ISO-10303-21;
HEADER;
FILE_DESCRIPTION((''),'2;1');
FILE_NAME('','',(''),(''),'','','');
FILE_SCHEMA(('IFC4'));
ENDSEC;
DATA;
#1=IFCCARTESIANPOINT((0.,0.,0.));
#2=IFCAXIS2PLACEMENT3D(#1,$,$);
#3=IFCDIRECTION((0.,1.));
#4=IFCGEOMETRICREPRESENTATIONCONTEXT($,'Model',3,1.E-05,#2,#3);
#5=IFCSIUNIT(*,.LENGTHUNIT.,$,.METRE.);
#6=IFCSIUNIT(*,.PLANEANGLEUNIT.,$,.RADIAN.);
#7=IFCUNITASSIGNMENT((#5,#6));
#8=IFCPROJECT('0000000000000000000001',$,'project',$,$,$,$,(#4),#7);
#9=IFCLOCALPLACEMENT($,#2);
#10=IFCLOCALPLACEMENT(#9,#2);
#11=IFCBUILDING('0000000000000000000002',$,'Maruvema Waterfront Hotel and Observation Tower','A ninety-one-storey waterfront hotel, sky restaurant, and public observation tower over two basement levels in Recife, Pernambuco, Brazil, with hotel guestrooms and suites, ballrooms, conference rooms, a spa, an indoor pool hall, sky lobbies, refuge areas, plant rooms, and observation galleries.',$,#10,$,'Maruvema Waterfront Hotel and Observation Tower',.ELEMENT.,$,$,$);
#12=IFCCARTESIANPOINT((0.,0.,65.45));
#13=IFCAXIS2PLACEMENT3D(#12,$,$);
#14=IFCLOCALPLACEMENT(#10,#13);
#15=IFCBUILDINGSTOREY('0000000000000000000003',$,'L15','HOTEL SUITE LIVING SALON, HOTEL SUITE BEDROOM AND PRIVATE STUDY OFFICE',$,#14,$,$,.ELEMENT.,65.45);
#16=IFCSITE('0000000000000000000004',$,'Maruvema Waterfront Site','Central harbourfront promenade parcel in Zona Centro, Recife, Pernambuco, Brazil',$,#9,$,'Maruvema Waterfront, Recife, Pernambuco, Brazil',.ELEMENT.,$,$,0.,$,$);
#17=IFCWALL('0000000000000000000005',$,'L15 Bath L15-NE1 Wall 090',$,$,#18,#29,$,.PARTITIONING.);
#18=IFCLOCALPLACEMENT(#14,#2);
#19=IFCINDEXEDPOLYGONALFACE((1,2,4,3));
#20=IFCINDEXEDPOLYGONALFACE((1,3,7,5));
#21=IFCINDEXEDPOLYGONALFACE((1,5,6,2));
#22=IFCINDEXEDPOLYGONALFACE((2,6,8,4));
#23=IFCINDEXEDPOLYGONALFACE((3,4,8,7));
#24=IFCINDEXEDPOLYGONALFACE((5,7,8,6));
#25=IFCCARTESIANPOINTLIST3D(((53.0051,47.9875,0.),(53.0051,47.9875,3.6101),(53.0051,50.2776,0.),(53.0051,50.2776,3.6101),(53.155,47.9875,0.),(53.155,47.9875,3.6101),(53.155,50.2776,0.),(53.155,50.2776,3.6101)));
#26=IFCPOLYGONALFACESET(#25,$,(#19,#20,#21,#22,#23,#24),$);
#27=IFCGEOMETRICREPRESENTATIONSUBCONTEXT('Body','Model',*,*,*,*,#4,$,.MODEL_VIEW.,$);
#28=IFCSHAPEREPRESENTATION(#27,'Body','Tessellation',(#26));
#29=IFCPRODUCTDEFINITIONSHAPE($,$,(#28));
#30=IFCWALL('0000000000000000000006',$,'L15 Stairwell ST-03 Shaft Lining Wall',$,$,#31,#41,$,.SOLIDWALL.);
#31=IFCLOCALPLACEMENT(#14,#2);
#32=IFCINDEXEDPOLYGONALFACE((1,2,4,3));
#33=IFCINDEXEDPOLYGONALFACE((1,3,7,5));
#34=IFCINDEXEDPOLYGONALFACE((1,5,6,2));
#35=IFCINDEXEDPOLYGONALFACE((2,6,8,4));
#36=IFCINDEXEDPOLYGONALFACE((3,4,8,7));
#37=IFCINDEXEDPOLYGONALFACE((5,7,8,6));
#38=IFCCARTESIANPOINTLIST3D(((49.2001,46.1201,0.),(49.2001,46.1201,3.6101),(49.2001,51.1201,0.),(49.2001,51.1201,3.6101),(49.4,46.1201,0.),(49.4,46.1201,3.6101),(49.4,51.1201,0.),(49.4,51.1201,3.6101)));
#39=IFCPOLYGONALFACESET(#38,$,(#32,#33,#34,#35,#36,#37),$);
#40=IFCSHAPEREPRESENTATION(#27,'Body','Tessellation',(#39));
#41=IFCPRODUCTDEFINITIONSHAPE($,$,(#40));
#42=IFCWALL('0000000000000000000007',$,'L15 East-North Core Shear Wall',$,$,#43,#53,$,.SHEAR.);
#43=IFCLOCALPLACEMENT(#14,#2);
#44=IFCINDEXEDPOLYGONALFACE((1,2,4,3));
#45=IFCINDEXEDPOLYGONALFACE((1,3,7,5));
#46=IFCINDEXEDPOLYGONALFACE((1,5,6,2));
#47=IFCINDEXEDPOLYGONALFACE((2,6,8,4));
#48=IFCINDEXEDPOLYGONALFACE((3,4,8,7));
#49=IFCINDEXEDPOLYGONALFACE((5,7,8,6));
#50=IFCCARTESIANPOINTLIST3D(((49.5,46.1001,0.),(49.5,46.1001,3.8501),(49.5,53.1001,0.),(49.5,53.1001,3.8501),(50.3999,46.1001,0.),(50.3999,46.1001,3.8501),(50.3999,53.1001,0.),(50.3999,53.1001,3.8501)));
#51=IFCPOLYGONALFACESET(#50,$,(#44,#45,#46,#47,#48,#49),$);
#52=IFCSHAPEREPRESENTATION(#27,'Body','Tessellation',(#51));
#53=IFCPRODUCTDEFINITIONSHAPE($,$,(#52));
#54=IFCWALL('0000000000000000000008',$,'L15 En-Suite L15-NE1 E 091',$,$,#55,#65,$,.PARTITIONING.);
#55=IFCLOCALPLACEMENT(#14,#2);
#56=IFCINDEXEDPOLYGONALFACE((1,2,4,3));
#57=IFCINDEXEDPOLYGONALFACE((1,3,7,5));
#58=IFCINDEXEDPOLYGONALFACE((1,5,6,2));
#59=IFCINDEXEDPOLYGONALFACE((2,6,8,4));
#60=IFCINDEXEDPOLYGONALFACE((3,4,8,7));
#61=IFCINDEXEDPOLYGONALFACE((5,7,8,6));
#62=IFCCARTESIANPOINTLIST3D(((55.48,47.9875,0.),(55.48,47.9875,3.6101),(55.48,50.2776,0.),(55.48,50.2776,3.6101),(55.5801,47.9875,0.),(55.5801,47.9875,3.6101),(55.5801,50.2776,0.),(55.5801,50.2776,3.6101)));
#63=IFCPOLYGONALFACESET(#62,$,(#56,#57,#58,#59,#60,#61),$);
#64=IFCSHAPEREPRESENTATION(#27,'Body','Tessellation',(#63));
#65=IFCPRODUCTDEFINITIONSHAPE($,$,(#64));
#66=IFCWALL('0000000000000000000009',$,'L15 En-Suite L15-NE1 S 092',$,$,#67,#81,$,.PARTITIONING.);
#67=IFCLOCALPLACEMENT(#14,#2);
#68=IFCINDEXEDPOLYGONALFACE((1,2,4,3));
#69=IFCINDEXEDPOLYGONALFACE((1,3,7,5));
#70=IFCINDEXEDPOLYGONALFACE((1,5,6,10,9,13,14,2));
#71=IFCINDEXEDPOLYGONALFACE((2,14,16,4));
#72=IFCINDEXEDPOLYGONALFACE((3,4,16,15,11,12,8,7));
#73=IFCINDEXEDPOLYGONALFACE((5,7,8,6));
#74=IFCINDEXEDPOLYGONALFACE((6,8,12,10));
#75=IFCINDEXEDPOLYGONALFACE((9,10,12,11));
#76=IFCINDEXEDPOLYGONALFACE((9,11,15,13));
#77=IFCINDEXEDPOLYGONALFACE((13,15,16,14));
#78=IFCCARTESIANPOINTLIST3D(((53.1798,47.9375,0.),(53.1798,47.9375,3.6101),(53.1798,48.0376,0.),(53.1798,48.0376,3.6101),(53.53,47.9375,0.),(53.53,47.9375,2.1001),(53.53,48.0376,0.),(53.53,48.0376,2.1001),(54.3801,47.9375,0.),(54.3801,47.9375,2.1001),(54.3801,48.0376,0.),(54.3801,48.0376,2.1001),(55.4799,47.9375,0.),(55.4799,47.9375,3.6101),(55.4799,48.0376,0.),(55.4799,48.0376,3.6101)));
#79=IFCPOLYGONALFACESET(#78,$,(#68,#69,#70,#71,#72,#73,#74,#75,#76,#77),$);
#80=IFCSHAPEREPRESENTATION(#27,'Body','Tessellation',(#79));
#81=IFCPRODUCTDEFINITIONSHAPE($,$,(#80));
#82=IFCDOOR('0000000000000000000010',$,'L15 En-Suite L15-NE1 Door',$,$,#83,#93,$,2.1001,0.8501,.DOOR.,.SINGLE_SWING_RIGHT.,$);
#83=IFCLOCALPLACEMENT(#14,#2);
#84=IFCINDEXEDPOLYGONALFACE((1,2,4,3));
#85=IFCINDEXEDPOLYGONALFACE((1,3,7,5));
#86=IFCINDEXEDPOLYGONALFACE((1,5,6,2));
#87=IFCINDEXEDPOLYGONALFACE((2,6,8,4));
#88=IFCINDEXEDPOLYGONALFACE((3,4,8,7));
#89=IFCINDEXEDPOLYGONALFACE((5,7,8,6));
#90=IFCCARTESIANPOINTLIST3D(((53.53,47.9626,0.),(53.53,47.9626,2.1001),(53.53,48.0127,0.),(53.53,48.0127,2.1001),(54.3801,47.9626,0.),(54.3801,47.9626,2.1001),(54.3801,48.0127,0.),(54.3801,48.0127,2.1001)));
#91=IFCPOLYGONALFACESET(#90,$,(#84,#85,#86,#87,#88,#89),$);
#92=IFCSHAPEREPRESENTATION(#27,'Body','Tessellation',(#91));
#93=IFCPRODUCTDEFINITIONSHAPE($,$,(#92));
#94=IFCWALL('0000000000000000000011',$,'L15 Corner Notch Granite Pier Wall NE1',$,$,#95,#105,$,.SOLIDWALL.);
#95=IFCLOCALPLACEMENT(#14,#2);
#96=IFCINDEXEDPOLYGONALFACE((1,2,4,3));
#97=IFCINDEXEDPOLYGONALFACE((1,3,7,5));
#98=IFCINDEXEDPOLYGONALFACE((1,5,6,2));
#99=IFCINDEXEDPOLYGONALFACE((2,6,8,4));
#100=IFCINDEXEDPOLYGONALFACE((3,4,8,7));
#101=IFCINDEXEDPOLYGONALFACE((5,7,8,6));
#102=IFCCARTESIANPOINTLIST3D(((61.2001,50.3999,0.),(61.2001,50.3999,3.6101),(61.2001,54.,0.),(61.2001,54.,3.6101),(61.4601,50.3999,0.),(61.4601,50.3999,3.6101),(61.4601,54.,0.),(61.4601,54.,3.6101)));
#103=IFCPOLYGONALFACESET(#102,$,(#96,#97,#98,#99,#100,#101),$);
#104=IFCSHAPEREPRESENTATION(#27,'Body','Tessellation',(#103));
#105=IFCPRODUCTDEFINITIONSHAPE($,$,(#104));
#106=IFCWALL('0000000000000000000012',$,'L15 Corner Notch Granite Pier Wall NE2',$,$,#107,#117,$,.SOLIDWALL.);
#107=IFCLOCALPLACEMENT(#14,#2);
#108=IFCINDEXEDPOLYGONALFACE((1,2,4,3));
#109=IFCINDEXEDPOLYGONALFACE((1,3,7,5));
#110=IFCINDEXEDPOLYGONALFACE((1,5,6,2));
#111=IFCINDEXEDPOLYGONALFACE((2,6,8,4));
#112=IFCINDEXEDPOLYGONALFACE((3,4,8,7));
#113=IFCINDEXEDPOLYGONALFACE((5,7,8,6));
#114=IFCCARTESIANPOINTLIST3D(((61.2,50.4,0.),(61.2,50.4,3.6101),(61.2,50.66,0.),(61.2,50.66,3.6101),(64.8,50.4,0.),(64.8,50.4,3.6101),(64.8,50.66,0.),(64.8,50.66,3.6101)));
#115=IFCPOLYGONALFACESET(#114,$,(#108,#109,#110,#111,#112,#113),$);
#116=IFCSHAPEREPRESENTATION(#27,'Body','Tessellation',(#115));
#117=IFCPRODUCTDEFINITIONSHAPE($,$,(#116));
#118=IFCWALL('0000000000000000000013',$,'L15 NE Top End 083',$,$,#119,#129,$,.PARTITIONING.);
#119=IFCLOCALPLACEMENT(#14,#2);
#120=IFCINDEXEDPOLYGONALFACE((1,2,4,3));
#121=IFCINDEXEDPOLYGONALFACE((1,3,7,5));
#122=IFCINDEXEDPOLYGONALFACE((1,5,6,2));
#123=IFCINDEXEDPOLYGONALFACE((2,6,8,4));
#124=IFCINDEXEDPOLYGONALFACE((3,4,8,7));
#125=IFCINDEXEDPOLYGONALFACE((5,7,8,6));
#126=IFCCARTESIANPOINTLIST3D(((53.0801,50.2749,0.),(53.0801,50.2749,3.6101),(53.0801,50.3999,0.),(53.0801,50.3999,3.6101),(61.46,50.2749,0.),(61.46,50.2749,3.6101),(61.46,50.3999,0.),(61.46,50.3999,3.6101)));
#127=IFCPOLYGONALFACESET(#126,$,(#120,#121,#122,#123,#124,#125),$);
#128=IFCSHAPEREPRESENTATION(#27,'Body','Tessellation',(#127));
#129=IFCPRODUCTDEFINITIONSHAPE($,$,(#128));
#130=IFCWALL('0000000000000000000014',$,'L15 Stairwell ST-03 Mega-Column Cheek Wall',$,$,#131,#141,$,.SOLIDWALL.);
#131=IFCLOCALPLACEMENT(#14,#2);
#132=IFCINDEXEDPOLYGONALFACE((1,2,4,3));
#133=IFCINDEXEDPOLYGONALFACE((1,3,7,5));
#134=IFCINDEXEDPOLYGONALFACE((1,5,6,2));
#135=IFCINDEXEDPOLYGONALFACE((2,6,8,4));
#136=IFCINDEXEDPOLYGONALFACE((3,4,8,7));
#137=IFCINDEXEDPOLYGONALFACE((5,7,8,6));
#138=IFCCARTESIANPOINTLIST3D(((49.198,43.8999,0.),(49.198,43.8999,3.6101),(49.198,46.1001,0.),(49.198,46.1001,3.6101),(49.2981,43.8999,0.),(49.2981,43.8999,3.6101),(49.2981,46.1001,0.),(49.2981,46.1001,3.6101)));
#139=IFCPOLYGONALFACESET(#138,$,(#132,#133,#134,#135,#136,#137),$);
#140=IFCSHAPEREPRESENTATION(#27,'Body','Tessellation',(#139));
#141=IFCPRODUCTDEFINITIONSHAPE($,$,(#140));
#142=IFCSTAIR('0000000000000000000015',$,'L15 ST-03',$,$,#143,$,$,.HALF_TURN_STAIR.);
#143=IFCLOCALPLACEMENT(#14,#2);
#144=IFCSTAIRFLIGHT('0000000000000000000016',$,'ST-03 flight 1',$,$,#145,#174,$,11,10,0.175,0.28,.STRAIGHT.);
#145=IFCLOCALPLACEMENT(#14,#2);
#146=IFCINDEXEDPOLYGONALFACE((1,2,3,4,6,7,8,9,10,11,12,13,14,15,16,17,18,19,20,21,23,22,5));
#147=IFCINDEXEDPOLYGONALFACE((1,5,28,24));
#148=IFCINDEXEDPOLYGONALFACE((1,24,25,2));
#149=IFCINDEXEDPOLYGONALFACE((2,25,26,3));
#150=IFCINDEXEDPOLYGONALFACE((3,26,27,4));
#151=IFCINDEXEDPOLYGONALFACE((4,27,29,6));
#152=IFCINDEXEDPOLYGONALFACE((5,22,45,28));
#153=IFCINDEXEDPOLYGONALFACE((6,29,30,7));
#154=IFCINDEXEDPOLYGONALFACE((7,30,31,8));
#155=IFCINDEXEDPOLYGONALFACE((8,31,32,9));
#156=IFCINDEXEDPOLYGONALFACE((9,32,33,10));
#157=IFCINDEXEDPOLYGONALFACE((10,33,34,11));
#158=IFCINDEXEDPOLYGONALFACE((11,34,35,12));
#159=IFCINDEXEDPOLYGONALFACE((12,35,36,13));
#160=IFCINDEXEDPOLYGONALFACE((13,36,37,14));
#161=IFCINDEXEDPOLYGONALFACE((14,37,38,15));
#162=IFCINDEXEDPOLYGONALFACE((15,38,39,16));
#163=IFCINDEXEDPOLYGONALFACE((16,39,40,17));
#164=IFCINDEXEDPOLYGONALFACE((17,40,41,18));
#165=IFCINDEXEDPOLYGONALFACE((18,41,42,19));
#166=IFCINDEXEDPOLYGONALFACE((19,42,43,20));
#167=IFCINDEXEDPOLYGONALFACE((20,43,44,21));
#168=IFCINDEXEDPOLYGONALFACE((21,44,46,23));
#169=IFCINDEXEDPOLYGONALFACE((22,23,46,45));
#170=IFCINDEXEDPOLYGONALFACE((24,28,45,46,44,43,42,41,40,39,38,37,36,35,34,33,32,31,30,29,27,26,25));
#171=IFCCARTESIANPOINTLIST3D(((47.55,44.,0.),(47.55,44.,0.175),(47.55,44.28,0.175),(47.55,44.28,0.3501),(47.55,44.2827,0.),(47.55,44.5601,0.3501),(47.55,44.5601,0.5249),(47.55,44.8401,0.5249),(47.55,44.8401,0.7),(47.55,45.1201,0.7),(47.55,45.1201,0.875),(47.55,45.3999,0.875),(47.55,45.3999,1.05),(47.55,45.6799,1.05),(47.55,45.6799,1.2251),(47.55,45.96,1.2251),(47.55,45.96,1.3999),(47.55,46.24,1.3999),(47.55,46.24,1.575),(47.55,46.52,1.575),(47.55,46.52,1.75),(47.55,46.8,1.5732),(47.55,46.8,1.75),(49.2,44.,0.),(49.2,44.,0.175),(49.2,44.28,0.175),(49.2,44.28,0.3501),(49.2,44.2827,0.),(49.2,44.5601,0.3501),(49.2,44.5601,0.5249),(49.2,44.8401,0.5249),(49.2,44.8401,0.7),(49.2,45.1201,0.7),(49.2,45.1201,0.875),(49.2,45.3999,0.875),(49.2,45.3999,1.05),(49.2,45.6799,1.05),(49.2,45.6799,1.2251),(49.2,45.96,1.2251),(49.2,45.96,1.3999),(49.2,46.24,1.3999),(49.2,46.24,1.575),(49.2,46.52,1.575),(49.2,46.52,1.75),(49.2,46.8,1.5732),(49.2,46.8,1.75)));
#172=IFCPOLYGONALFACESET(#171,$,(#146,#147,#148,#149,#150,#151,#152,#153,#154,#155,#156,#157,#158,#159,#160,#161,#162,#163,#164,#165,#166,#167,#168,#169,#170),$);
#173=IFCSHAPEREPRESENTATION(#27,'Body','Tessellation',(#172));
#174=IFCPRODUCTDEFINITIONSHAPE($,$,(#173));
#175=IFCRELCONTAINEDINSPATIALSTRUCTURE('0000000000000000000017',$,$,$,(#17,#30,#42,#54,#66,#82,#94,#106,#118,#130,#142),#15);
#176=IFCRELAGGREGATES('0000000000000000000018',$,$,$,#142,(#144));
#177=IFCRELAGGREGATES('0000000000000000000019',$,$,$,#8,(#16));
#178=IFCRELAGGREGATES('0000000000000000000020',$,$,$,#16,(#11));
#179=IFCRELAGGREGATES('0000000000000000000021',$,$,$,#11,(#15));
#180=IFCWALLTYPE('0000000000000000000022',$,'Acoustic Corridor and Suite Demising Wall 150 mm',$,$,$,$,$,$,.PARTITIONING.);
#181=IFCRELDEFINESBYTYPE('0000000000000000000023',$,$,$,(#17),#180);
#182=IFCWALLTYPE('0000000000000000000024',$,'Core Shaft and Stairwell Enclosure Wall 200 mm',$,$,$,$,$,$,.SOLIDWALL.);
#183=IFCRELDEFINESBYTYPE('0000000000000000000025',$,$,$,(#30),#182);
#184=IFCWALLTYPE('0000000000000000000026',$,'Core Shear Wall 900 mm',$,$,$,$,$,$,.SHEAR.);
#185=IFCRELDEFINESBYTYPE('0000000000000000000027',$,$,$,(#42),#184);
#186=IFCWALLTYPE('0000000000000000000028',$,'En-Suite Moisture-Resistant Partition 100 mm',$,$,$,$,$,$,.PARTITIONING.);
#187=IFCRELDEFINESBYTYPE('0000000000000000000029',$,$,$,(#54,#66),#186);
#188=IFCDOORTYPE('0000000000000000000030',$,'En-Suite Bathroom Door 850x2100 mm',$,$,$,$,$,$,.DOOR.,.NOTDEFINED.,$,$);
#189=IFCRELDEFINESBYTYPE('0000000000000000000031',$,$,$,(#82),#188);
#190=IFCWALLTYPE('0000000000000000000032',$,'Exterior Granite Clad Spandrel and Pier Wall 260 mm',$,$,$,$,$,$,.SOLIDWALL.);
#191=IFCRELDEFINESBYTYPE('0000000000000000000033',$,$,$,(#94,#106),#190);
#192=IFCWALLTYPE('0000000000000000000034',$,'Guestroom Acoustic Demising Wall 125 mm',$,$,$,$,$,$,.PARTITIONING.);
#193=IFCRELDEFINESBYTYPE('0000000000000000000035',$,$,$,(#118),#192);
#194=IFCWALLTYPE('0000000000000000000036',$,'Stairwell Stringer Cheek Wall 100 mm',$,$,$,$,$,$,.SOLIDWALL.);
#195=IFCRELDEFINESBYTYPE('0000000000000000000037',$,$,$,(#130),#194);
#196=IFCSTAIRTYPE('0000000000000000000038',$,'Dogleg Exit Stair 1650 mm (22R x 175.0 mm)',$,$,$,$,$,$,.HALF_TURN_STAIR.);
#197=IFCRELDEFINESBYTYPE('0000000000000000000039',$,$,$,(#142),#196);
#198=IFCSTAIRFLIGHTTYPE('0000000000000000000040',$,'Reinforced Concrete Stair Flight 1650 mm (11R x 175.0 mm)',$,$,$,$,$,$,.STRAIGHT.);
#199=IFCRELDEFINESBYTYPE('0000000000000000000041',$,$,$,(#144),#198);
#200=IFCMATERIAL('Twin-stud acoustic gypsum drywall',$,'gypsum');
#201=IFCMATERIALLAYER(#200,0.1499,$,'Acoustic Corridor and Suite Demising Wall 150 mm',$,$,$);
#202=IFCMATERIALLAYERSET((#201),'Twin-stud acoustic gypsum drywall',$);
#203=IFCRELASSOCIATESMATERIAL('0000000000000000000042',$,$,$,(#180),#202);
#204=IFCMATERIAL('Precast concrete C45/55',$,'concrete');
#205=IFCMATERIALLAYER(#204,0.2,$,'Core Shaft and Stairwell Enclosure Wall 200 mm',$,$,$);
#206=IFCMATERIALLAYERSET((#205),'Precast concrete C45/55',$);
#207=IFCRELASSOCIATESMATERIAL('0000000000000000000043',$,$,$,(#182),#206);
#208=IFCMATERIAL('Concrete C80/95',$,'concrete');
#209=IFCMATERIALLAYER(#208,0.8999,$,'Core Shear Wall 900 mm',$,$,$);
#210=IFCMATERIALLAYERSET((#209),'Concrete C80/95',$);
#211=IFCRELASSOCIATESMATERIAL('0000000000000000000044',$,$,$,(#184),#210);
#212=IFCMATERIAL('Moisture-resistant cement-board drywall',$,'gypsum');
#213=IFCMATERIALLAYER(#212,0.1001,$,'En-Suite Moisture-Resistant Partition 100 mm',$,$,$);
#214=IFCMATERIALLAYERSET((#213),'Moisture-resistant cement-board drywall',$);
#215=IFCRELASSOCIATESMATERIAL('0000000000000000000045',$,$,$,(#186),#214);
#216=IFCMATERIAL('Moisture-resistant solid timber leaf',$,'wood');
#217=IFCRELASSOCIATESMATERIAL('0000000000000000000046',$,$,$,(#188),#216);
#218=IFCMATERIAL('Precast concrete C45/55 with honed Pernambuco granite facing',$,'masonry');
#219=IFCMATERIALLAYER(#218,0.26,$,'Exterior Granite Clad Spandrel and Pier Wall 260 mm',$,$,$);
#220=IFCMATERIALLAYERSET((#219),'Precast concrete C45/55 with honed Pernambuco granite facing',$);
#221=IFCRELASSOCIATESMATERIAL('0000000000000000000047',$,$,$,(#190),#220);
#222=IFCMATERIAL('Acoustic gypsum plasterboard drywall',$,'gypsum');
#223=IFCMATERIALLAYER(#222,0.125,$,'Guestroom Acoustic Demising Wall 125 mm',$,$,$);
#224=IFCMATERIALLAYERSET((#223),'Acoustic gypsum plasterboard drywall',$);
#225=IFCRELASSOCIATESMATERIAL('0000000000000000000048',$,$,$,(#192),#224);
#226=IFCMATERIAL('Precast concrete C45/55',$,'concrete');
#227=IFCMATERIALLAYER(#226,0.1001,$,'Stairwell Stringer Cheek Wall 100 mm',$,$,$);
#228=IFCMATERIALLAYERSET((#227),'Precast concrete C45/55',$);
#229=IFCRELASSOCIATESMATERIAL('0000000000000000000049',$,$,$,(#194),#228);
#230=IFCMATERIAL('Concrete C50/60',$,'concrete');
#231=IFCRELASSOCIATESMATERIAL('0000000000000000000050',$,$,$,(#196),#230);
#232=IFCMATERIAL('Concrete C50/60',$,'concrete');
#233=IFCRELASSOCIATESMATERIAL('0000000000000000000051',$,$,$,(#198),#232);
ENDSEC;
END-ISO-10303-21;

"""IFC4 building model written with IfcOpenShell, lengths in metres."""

from ifc_helpers import new_model, si_unit, direction, frame, frame_2d, origin, place, context, subcontext, project, spatial, polyline, rectangle, outline, extrude, material, layer, layer_set, type_object, element, fill, aggregate, save


model = new_model("IFC4")

# Units and contexts
model_context = context("Model", 3, precision=1e-05, world=origin(), true_north=direction((0.0, 1.0)))
body_context = subcontext(model_context, "Body", "Model", "MODEL_VIEW")
ifc_project = project(units=[si_unit("LENGTHUNIT", "METRE"), si_unit("PLANEANGLEUNIT", "RADIAN")], contexts=[model_context])

# Site, building, storey
site_placement = place(None, origin())
site = spatial("IfcSite", under=ifc_project, at=site_placement, Name="Maruvema Waterfront Site", Description="Central harbourfront promenade parcel in Zona Centro, Recife, Pernambuco, Brazil", LongName="Maruvema Waterfront, Recife, Pernambuco, Brazil", CompositionType="ELEMENT", RefElevation=0.0)
building_placement = place(site_placement, origin())
building = spatial("IfcBuilding", under=site, at=building_placement, Name="Maruvema Waterfront Hotel and Observation Tower", Description="A ninety-one-storey waterfront hotel, sky restaurant, and public observation tower over two basement levels in Recife, Pernambuco, Brazil, with hotel guestrooms and suites, ballrooms, conference rooms, a spa, an indoor pool hall, sky lobbies, refuge areas, plant rooms, and observation galleries.", LongName="Maruvema Waterfront Hotel and Observation Tower", CompositionType="ELEMENT")
storey_placement = place(building_placement, frame((0.0, 0.0, 65.45)))
storey = spatial("IfcBuildingStorey", under=building, at=storey_placement, Name="L15", Description="HOTEL SUITE LIVING SALON, HOTEL SUITE BEDROOM AND PRIVATE STUDY OFFICE", CompositionType="ELEMENT", Elevation=65.45)

# Walls
ifc_material_1 = material(Name="Twin-stud acoustic gypsum drywall", Category="gypsum")
ifc_layer_1 = layer(ifc_material_1, 0.1499, Name="Acoustic Corridor and Suite Demising Wall 150 mm")
ifc_layer_set_1 = layer_set([ifc_layer_1], Name="Twin-stud acoustic gypsum drywall")
wall_type_1 = type_object("IfcWallType", Name="Acoustic Corridor and Suite Demising Wall 150 mm", PredefinedType="PARTITIONING", material=ifc_layer_set_1)
wall_1_placement = place(storey_placement, frame((53.0801, 47.9875, 0.0), z_axis=(0.0, 0.0, 1.0), x_axis=(0.0, 1.0, 0.0)))
element("IfcWall", 1, at=wall_1_placement, inside=storey, type_object=wall_type_1, Name="L15 Bath L15-NE1 Wall 090", PredefinedType="PARTITIONING", context=body_context, shape_type="SweptSolid", body=[
    extrude(rectangle(XDim=2.29, YDim=0.1499, at=frame_2d((1.145, 0.0))), origin(), (0.0, 0.0, 1.0), 3.6101),
])
ifc_material_2 = material(Name="Precast concrete C45/55", Category="concrete")
ifc_layer_2 = layer(ifc_material_2, 0.2, Name="Core Shaft and Stairwell Enclosure Wall 200 mm")
ifc_layer_set_2 = layer_set([ifc_layer_2], Name="Precast concrete C45/55")
wall_type_2 = type_object("IfcWallType", Name="Core Shaft and Stairwell Enclosure Wall 200 mm", PredefinedType="SOLIDWALL", material=ifc_layer_set_2)
wall_2_placement = place(storey_placement, frame((49.3, 46.1201, 0.0), z_axis=(0.0, 0.0, 1.0), x_axis=(0.0, 1.0, 0.0)))
element("IfcWall", 2, at=wall_2_placement, inside=storey, type_object=wall_type_2, Name="L15 Stairwell ST-03 Shaft Lining Wall", PredefinedType="SOLIDWALL", context=body_context, shape_type="SweptSolid", body=[
    extrude(rectangle(XDim=5.0, YDim=0.2, at=frame_2d((2.5, 0.0))), origin(), (0.0, 0.0, 1.0), 3.6101),
])
ifc_material_3 = material(Name="Concrete C80/95", Category="concrete")
ifc_layer_3 = layer(ifc_material_3, 0.8999, Name="Core Shear Wall 900 mm")
ifc_layer_set_3 = layer_set([ifc_layer_3], Name="Concrete C80/95")
wall_type_3 = type_object("IfcWallType", Name="Core Shear Wall 900 mm", PredefinedType="SHEAR", material=ifc_layer_set_3)
wall_3_placement = place(storey_placement, frame((49.95, 46.1001, 0.0), z_axis=(0.0, 0.0, 1.0), x_axis=(0.0, 1.0, 0.0)))
element("IfcWall", 3, at=wall_3_placement, inside=storey, type_object=wall_type_3, Name="L15 East-North Core Shear Wall", PredefinedType="SHEAR", context=body_context, shape_type="SweptSolid", body=[
    extrude(rectangle(XDim=7.0, YDim=0.8999, at=frame_2d((3.5, 0.0))), origin(), (0.0, 0.0, 1.0), 3.8501),
])
ifc_material_4 = material(Name="Moisture-resistant cement-board drywall", Category="gypsum")
ifc_layer_4 = layer(ifc_material_4, 0.1001, Name="En-Suite Moisture-Resistant Partition 100 mm")
ifc_layer_set_4 = layer_set([ifc_layer_4], Name="Moisture-resistant cement-board drywall")
wall_type_4 = type_object("IfcWallType", Name="En-Suite Moisture-Resistant Partition 100 mm", PredefinedType="PARTITIONING", material=ifc_layer_set_4)
wall_4_placement = place(storey_placement, frame((55.53, 47.9875, 0.0), z_axis=(0.0, 0.0, 1.0), x_axis=(0.0, 1.0, 0.0)))
element("IfcWall", 4, at=wall_4_placement, inside=storey, type_object=wall_type_4, Name="L15 En-Suite L15-NE1 E 091", PredefinedType="PARTITIONING", context=body_context, shape_type="SweptSolid", body=[
    extrude(rectangle(XDim=2.29, YDim=0.1001, at=frame_2d((1.145, 0.0))), origin(), (0.0, 0.0, 1.0), 3.6101),
])

# Wall, opening, door
wall_5_placement = place(storey_placement, frame((53.1799, 47.9875, 0.0), z_axis=(0.0, 0.0, 1.0), x_axis=(1.0, 0.0, 0.0)))
wall_5 = element("IfcWall", 5, at=wall_5_placement, inside=storey, type_object=wall_type_4, Name="L15 En-Suite L15-NE1 S 092", PredefinedType="PARTITIONING", context=body_context, shape_type="SweptSolid", body=[
    extrude(rectangle(XDim=2.3, YDim=0.1001, at=frame_2d((1.1499, 0.0))), origin(), (0.0, 0.0, 1.0), 3.6101),
])
opening_placement = place(wall_5_placement, frame((0.3501, 0.0, 0.0)))
opening = element("IfcOpeningElement", 6, at=opening_placement, cuts=wall_5, PredefinedType="OPENING", context=body_context, shape_type="SweptSolid", body=[
    extrude(rectangle(XDim=0.8501, YDim=2.1001, at=frame_2d((0.425, 1.05))), frame((0.0, 0.0601, 0.0), z_axis=(0.0, -1.0, 0.0), x_axis=(1.0, 0.0, 0.0)), (0.0, 0.0, 1.0), 0.1201),
])
ifc_material_5 = material(Name="Moisture-resistant solid timber leaf", Category="wood")
door_type = type_object("IfcDoorType", Name="En-Suite Bathroom Door 850x2100 mm", OperationType="NOTDEFINED", PredefinedType="DOOR", material=ifc_material_5)
door_placement = place(opening_placement, frame((0.8501, 0.0, 0.0), z_axis=(0.0, 0.0, 1.0), x_axis=(-1.0, 0.0, 0.0)))
door = element("IfcDoor", 7, at=door_placement, inside=storey, type_object=door_type, Name="L15 En-Suite L15-NE1 Door", OperationType="SINGLE_SWING_RIGHT", OverallHeight=2.1001, OverallWidth=0.8501, PredefinedType="DOOR", context=body_context, shape_type="SweptSolid", body=[
    extrude(rectangle(XDim=0.8501, YDim=2.1001, at=frame_2d((0.425, 1.05))), frame((0.0, 0.0249, 0.0), z_axis=(0.0, -1.0, 0.0), x_axis=(1.0, 0.0, 0.0)), (0.0, 0.0, 1.0), 0.05),
])
fill(opening, door)

# Walls
ifc_material_6 = material(Name="Precast concrete C45/55 with honed Pernambuco granite facing", Category="masonry")
ifc_layer_5 = layer(ifc_material_6, 0.26, Name="Exterior Granite Clad Spandrel and Pier Wall 260 mm")
ifc_layer_set_5 = layer_set([ifc_layer_5], Name="Precast concrete C45/55 with honed Pernambuco granite facing")
wall_type_5 = type_object("IfcWallType", Name="Exterior Granite Clad Spandrel and Pier Wall 260 mm", PredefinedType="SOLIDWALL", material=ifc_layer_set_5)
for number, where, z_axis, x_axis, name in (
    (8, (61.3301, 54.0, 0.0), (0.0, 0.0, 1.0), (0.0, -1.0, 0.0), "L15 Corner Notch Granite Pier Wall NE1"),
    (9, (61.2, 50.53, 0.0), (0.0, 0.0, 1.0), (1.0, 0.0, 0.0), "L15 Corner Notch Granite Pier Wall NE2"),
):
    element("IfcWall", number, at=place(storey_placement, frame(where, z_axis=z_axis, x_axis=x_axis)), inside=storey, type_object=wall_type_5, Name=name, PredefinedType="SOLIDWALL", context=body_context, shape_type="SweptSolid", body=[
        extrude(rectangle(XDim=3.6001, YDim=0.26, at=frame_2d((1.8, 0.0))), origin(), (0.0, 0.0, 1.0), 3.6101),
    ])
ifc_material_7 = material(Name="Acoustic gypsum plasterboard drywall", Category="gypsum")
ifc_layer_6 = layer(ifc_material_7, 0.125, Name="Guestroom Acoustic Demising Wall 125 mm")
ifc_layer_set_6 = layer_set([ifc_layer_6], Name="Acoustic gypsum plasterboard drywall")
wall_type_6 = type_object("IfcWallType", Name="Guestroom Acoustic Demising Wall 125 mm", PredefinedType="PARTITIONING", material=ifc_layer_set_6)
wall_6_placement = place(storey_placement, frame((53.0801, 50.3374, 0.0), z_axis=(0.0, 0.0, 1.0), x_axis=(1.0, 0.0, 0.0)))
element("IfcWall", 10, at=wall_6_placement, inside=storey, type_object=wall_type_6, Name="L15 NE Top End 083", PredefinedType="PARTITIONING", context=body_context, shape_type="SweptSolid", body=[
    extrude(rectangle(XDim=8.3799, YDim=0.125, at=frame_2d((4.1899, 0.0))), origin(), (0.0, 0.0, 1.0), 3.6101),
])
ifc_material_8 = material(Name="Precast concrete C45/55", Category="concrete")
ifc_layer_7 = layer(ifc_material_8, 0.1001, Name="Stairwell Stringer Cheek Wall 100 mm")
ifc_layer_set_7 = layer_set([ifc_layer_7], Name="Precast concrete C45/55")
wall_type_7 = type_object("IfcWallType", Name="Stairwell Stringer Cheek Wall 100 mm", PredefinedType="SOLIDWALL", material=ifc_layer_set_7)
wall_7_placement = place(storey_placement, frame((49.248, 43.8999, 0.0), z_axis=(0.0, 0.0, 1.0), x_axis=(0.0, 1.0, 0.0)))
element("IfcWall", 11, at=wall_7_placement, inside=storey, type_object=wall_type_7, Name="L15 Stairwell ST-03 Mega-Column Cheek Wall", PredefinedType="SOLIDWALL", context=body_context, shape_type="SweptSolid", body=[
    extrude(rectangle(XDim=2.2002, YDim=0.1001, at=frame_2d((1.1001, 0.0))), origin(), (0.0, 0.0, 1.0), 3.6101),
])

# Stair, stair flight
ifc_material_9 = material(Name="Concrete C50/60", Category="concrete")
stair_type = type_object("IfcStairType", Name="Dogleg Exit Stair 1650 mm (22R x 175.0 mm)", PredefinedType="HALF_TURN_STAIR", material=ifc_material_9)
stair_placement = place(storey_placement, origin())
stair = element("IfcStair", 12, at=stair_placement, inside=storey, type_object=stair_type, Name="L15 ST-03", PredefinedType="HALF_TURN_STAIR")
ifc_material_10 = material(Name="Concrete C50/60", Category="concrete")
stair_flight_type = type_object("IfcStairFlightType", Name="Reinforced Concrete Stair Flight 1650 mm (11R x 175.0 mm)", PredefinedType="STRAIGHT", material=ifc_material_10)
stair_flight_placement = place(storey_placement, frame((48.375, 44.0, 0.0), z_axis=(0.0, 0.0, 1.0), x_axis=(0.0, 1.0, 0.0)))
stair_flight = element("IfcStairFlight", 13, at=stair_flight_placement, type_object=stair_flight_type, Name="ST-03 flight 1", NumberOfRisers=11, NumberOfTreads=10, PredefinedType="STRAIGHT", RiserHeight=0.175, TreadLength=0.28, context=body_context, shape_type="SweptSolid", body=[
    extrude(outline(polyline([(0.0, 0.0), (0.0, 0.175), (0.28, 0.175), (0.28, 0.3501), (0.5601, 0.3501), (0.5601, 0.5249), (0.8401, 0.5249), (0.8401, 0.7), (1.1201, 0.7), (1.1201, 0.875), (1.3999, 0.875), (1.3999, 1.05), (1.6799, 1.05), (1.6799, 1.2251), (1.96, 1.2251), (1.96, 1.3999), (2.24, 1.3999), (2.24, 1.575), (2.52, 1.575), (2.52, 1.75), (2.8, 1.75), (2.8, 1.925), (2.8, 1.5732), (0.2827, 0.0), (0.0, 0.0)])), frame((0.0, 0.825, 0.0), z_axis=(0.0, -1.0, 0.0), x_axis=(1.0, 0.0, 0.0)), (0.0, 0.0, 1.0), 1.6499),
])
aggregate(stair, [stair_flight])

save(model, "model.ifc")
